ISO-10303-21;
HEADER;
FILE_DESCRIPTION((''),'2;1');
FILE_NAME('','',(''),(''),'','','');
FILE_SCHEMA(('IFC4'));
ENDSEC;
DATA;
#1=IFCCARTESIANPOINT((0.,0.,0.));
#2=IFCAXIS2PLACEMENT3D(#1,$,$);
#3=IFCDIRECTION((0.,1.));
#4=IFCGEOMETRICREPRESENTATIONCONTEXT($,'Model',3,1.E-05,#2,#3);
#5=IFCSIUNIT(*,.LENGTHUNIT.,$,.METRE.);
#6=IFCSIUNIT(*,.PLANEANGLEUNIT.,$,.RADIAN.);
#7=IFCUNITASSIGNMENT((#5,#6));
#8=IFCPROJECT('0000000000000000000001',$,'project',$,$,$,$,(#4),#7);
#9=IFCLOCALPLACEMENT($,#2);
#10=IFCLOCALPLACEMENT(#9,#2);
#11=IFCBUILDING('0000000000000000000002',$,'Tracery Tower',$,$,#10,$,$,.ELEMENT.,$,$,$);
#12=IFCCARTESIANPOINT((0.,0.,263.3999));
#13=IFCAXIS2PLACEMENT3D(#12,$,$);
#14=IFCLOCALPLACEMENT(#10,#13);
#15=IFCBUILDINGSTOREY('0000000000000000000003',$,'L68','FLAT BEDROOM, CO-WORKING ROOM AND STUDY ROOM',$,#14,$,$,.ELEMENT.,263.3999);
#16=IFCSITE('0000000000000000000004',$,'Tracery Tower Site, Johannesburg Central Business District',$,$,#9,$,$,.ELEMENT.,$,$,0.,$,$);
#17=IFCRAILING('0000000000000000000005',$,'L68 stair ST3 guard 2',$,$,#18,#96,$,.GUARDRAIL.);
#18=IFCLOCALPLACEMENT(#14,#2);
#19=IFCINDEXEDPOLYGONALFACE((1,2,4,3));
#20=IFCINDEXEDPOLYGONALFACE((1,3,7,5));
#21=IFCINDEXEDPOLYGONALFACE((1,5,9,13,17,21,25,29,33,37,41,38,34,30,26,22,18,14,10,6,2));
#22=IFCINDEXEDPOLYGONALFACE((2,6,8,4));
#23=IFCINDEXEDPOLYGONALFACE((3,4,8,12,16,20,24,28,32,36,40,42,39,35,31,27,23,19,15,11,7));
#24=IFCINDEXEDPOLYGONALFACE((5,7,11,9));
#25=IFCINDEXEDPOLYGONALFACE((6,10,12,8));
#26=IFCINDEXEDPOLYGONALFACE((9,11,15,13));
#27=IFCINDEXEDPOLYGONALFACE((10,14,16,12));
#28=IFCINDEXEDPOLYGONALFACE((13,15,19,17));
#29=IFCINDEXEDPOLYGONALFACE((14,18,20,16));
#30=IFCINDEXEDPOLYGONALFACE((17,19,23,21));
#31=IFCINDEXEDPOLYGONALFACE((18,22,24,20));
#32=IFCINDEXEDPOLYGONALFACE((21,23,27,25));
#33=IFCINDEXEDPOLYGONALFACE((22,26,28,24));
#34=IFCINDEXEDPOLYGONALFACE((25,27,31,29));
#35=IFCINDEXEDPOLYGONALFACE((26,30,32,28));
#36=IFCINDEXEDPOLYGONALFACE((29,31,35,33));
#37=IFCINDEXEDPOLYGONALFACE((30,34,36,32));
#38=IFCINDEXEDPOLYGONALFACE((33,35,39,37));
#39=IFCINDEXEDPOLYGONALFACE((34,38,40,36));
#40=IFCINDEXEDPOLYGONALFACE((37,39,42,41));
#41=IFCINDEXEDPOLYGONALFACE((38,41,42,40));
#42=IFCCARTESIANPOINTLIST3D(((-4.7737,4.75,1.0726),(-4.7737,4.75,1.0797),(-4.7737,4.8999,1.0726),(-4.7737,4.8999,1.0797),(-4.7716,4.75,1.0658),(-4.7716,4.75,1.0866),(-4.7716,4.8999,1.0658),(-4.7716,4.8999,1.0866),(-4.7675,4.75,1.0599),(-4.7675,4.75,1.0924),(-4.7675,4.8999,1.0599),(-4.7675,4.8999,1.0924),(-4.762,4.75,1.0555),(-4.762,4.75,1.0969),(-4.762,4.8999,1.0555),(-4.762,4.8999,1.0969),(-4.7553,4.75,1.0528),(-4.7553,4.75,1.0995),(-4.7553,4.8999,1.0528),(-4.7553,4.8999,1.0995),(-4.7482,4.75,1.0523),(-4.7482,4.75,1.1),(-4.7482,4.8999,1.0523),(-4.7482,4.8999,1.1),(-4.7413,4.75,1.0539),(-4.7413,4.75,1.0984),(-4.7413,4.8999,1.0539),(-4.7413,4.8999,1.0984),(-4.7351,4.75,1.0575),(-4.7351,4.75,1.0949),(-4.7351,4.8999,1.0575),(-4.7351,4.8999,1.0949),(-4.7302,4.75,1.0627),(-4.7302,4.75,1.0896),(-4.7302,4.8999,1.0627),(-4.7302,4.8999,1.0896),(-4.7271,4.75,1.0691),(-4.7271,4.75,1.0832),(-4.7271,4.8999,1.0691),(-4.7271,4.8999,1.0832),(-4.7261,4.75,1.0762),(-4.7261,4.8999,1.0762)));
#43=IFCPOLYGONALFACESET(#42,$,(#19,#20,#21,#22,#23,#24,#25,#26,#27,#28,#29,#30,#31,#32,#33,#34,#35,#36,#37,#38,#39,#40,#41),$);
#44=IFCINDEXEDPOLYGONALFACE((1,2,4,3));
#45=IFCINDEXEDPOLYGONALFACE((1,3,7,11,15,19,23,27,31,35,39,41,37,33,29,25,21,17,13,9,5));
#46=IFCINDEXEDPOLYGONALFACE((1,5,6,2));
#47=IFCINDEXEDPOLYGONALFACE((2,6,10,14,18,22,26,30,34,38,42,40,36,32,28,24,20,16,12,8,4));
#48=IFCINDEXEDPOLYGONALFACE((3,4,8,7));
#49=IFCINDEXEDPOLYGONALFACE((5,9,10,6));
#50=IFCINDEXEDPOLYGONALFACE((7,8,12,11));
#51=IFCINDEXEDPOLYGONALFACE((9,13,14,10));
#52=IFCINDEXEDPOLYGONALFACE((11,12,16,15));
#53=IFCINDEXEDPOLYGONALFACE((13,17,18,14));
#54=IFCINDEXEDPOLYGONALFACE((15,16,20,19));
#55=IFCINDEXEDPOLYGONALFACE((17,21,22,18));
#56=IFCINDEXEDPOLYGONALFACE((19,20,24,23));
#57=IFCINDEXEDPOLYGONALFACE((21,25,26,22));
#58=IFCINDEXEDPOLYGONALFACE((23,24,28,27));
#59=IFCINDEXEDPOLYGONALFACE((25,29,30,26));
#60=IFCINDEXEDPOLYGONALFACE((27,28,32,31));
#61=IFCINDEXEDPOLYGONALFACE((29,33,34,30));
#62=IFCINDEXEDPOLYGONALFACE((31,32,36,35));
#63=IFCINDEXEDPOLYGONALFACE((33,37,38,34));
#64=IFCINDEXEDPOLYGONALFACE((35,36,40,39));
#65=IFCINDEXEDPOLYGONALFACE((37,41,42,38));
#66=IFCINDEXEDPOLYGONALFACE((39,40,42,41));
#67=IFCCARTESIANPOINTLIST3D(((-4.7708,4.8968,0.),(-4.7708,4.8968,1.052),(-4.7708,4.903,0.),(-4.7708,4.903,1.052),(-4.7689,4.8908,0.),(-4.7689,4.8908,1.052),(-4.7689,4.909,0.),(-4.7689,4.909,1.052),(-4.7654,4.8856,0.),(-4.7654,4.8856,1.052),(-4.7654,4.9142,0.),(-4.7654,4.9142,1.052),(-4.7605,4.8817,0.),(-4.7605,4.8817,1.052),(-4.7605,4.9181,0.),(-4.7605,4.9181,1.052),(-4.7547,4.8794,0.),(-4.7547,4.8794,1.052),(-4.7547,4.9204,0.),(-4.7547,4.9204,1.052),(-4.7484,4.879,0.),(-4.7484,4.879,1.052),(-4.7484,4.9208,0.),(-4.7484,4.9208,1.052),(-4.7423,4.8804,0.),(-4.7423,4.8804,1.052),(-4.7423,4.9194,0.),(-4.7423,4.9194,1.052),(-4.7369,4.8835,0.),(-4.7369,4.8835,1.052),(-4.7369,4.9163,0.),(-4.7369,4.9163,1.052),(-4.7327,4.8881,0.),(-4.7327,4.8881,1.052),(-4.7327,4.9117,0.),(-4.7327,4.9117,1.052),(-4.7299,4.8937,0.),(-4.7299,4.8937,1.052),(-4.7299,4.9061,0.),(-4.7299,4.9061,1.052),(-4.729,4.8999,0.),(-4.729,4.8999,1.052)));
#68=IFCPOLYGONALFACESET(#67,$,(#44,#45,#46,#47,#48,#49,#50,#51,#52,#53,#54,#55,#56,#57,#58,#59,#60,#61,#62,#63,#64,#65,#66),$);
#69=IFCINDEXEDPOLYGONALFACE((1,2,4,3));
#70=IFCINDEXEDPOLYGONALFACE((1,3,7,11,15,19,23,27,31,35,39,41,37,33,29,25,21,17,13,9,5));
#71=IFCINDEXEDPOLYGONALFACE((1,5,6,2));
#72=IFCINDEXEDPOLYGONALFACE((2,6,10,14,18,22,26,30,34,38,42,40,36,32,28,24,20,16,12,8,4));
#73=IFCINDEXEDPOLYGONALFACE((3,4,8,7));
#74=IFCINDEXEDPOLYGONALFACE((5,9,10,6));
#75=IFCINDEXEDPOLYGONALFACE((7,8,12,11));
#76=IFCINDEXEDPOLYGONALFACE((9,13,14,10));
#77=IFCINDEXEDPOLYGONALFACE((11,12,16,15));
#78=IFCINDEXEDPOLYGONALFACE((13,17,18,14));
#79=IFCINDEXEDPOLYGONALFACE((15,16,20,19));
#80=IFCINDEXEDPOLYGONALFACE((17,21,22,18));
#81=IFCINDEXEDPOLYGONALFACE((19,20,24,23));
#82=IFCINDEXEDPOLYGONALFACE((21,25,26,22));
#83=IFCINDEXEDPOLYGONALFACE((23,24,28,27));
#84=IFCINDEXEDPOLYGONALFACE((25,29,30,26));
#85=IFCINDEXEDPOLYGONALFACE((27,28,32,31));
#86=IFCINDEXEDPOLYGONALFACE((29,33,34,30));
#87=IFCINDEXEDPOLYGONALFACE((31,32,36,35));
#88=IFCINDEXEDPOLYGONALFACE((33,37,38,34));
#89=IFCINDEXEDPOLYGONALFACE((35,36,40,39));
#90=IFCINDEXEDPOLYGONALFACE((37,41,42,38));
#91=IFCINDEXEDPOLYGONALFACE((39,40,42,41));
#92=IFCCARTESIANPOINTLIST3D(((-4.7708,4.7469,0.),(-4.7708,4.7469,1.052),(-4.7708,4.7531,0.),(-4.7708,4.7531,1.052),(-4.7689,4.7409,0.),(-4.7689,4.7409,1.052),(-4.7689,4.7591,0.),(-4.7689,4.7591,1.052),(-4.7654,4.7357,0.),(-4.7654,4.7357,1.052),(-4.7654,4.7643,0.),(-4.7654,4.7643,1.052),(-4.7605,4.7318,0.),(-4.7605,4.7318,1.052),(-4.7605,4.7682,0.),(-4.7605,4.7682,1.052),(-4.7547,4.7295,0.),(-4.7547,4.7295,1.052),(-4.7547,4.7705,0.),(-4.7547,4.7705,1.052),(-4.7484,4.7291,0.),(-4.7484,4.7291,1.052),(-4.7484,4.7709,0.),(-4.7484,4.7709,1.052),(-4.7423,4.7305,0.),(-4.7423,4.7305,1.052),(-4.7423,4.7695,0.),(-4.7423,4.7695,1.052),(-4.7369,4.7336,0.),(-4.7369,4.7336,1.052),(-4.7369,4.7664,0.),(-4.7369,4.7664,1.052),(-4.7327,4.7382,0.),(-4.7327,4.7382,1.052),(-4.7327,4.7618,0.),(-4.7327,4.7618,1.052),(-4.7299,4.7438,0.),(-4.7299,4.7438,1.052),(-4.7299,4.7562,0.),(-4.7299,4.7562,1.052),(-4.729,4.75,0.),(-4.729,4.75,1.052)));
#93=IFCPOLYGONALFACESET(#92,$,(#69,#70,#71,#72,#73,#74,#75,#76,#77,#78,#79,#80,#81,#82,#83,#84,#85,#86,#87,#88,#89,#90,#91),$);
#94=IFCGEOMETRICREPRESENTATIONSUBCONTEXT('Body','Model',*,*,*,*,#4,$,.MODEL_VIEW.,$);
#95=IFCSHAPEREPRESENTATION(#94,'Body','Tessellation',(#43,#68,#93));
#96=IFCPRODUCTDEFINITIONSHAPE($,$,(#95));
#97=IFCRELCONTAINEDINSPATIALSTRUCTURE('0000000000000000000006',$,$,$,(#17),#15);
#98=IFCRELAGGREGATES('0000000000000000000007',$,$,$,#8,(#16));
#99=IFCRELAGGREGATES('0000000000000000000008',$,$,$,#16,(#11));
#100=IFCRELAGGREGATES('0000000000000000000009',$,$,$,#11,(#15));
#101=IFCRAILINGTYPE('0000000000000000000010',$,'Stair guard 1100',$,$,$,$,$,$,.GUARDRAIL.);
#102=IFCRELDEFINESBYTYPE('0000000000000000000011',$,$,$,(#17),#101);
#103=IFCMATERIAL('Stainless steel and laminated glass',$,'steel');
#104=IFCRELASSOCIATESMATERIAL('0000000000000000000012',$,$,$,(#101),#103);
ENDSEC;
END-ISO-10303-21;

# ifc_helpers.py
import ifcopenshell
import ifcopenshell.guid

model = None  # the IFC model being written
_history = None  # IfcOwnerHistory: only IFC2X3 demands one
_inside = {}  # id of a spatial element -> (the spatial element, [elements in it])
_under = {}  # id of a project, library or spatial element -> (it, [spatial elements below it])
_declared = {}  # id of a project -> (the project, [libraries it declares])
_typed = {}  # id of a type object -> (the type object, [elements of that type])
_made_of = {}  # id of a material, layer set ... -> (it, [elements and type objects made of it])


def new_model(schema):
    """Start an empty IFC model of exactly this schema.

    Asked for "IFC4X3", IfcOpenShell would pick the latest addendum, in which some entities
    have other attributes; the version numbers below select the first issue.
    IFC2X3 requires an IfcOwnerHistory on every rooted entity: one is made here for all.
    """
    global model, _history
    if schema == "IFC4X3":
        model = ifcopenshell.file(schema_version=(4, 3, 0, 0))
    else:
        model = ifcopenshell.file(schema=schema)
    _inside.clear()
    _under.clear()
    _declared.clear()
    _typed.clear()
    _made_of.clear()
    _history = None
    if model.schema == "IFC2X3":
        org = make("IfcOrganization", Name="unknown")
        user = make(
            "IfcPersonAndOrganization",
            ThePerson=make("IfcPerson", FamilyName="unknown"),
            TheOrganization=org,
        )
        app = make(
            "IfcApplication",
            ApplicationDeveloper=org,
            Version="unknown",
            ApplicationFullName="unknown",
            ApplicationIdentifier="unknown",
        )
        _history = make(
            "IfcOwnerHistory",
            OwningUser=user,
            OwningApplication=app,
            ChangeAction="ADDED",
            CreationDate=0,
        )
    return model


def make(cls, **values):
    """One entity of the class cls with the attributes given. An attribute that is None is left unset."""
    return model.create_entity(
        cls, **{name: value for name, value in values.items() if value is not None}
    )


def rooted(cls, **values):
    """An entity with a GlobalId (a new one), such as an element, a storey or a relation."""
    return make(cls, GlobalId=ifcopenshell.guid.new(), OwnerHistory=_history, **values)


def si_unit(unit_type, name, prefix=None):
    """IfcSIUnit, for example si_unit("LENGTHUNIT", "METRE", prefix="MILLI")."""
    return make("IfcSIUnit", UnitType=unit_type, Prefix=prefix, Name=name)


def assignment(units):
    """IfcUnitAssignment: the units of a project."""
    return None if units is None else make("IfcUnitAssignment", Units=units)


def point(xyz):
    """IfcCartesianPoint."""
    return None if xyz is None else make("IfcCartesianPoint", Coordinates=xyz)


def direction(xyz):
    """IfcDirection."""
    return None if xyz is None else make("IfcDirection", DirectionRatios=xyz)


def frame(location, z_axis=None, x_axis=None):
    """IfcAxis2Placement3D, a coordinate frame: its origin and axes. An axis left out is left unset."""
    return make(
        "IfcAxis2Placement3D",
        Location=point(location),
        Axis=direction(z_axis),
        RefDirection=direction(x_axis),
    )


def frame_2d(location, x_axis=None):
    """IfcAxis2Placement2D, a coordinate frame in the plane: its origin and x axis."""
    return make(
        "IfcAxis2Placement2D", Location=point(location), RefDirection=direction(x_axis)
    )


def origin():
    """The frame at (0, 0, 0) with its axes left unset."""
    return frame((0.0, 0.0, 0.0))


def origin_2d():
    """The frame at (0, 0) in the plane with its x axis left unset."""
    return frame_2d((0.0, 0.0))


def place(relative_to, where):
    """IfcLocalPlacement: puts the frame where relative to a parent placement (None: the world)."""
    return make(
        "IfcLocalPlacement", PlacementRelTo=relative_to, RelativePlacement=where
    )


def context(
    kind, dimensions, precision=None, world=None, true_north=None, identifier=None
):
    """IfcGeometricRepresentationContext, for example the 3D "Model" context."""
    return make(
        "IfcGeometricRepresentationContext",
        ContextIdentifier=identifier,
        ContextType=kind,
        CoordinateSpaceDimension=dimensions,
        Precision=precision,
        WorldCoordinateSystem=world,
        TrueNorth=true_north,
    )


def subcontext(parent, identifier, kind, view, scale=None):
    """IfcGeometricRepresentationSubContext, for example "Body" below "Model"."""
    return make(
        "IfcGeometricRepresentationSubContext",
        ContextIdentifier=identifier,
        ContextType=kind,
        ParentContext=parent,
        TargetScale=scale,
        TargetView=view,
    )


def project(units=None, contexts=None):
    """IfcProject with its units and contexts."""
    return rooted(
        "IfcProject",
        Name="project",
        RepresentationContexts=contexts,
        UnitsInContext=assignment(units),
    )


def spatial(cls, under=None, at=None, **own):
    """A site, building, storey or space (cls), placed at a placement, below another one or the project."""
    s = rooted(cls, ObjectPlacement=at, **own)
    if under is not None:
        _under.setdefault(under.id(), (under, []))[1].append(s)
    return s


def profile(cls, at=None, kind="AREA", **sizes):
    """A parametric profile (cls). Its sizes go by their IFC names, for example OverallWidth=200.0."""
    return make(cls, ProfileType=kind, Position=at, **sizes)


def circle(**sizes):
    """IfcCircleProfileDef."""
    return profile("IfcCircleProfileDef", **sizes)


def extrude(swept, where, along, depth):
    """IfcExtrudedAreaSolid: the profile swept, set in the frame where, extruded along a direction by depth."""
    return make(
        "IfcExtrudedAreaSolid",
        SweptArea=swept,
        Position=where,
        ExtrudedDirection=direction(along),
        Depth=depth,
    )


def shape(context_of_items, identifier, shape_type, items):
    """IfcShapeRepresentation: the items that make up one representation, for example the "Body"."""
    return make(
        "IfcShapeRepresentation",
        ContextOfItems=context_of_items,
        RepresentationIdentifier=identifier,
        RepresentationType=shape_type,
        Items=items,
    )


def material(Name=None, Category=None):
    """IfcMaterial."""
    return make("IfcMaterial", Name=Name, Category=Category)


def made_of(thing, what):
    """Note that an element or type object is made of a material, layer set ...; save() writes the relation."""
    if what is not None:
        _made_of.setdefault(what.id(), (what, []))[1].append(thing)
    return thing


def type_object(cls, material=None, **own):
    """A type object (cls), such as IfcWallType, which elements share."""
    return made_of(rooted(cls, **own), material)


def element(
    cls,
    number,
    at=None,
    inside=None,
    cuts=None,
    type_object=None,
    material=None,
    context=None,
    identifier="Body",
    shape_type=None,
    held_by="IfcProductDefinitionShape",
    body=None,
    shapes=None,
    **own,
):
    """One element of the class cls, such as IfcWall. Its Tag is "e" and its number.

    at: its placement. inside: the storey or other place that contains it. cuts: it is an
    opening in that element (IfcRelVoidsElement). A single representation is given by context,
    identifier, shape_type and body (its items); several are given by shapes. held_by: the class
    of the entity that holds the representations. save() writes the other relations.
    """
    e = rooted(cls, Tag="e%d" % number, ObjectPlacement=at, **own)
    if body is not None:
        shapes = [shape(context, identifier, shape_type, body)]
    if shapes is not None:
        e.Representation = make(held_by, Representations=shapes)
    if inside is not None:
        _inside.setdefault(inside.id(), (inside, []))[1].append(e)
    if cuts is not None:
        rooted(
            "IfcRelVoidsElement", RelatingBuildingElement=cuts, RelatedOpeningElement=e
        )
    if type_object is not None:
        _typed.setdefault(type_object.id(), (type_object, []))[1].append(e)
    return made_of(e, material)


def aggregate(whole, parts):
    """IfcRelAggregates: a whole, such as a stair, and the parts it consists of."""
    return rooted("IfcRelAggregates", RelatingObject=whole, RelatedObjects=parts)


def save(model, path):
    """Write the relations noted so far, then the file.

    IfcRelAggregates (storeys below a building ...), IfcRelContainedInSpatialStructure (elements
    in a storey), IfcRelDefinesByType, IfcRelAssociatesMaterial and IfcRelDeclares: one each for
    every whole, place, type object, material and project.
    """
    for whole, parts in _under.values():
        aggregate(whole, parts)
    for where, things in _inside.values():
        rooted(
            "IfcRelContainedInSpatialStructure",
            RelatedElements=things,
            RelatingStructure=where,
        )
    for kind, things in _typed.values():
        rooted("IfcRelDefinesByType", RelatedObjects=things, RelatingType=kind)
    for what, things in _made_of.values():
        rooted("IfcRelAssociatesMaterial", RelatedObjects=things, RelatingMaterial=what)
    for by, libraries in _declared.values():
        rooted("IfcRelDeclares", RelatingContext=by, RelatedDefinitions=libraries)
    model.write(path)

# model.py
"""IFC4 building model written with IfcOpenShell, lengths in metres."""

from ifc_helpers import new_model, si_unit, direction, frame, origin, origin_2d, place, context, subcontext, project, spatial, circle, extrude, material, type_object, element, save


model = new_model("IFC4")

# Units and contexts
model_context = context("Model", 3, precision=1e-05, world=origin(), true_north=direction((0.0, 1.0)))
body_context = subcontext(model_context, "Body", "Model", "MODEL_VIEW")
ifc_project = project(units=[si_unit("LENGTHUNIT", "METRE"), si_unit("PLANEANGLEUNIT", "RADIAN")], contexts=[model_context])

# Site, building, storey
site_placement = place(None, origin())
site = spatial("IfcSite", under=ifc_project, at=site_placement, Name="Tracery Tower Site, Johannesburg Central Business District", CompositionType="ELEMENT", RefElevation=0.0)
building_placement = place(site_placement, origin())
building = spatial("IfcBuilding", under=site, at=building_placement, Name="Tracery Tower", CompositionType="ELEMENT")
storey_placement = place(building_placement, frame((0.0, 0.0, 263.3999)))
storey = spatial("IfcBuildingStorey", under=building, at=storey_placement, Name="L68", Description="FLAT BEDROOM, CO-WORKING ROOM AND STUDY ROOM", CompositionType="ELEMENT", Elevation=263.3999)

# Railing
ifc_material_1 = material(Name="Stainless steel and laminated glass", Category="steel")
railing_type_1 = type_object("IfcRailingType", Name="Stair guard 1100", PredefinedType="GUARDRAIL", material=ifc_material_1)
railing_1_placement = place(storey_placement, frame((-4.75, 4.8999, 0.0)))
element("IfcRailing", 1, at=railing_1_placement, inside=storey, type_object=railing_type_1, Name="L68 stair ST3 guard 2", PredefinedType="GUARDRAIL", context=body_context, shape_type="SweptSolid", body=[
    extrude(circle(Radius=0.0239, at=origin_2d()), frame((0.0, 0.0, 1.0762), z_axis=(0.0, -1.0, 0.0), x_axis=(1.0, 0.0, 0.0)), (0.0, 0.0, 1.0), 0.1499),
    extrude(circle(Radius=0.021, at=origin_2d()), origin(), (0.0, 0.0, 1.0), 1.052),
    extrude(circle(Radius=0.021, at=origin_2d()), frame((0.0, -0.1499, 0.0)), (0.0, 0.0, 1.0), 1.052),
])

save(model, "model.ifc")
